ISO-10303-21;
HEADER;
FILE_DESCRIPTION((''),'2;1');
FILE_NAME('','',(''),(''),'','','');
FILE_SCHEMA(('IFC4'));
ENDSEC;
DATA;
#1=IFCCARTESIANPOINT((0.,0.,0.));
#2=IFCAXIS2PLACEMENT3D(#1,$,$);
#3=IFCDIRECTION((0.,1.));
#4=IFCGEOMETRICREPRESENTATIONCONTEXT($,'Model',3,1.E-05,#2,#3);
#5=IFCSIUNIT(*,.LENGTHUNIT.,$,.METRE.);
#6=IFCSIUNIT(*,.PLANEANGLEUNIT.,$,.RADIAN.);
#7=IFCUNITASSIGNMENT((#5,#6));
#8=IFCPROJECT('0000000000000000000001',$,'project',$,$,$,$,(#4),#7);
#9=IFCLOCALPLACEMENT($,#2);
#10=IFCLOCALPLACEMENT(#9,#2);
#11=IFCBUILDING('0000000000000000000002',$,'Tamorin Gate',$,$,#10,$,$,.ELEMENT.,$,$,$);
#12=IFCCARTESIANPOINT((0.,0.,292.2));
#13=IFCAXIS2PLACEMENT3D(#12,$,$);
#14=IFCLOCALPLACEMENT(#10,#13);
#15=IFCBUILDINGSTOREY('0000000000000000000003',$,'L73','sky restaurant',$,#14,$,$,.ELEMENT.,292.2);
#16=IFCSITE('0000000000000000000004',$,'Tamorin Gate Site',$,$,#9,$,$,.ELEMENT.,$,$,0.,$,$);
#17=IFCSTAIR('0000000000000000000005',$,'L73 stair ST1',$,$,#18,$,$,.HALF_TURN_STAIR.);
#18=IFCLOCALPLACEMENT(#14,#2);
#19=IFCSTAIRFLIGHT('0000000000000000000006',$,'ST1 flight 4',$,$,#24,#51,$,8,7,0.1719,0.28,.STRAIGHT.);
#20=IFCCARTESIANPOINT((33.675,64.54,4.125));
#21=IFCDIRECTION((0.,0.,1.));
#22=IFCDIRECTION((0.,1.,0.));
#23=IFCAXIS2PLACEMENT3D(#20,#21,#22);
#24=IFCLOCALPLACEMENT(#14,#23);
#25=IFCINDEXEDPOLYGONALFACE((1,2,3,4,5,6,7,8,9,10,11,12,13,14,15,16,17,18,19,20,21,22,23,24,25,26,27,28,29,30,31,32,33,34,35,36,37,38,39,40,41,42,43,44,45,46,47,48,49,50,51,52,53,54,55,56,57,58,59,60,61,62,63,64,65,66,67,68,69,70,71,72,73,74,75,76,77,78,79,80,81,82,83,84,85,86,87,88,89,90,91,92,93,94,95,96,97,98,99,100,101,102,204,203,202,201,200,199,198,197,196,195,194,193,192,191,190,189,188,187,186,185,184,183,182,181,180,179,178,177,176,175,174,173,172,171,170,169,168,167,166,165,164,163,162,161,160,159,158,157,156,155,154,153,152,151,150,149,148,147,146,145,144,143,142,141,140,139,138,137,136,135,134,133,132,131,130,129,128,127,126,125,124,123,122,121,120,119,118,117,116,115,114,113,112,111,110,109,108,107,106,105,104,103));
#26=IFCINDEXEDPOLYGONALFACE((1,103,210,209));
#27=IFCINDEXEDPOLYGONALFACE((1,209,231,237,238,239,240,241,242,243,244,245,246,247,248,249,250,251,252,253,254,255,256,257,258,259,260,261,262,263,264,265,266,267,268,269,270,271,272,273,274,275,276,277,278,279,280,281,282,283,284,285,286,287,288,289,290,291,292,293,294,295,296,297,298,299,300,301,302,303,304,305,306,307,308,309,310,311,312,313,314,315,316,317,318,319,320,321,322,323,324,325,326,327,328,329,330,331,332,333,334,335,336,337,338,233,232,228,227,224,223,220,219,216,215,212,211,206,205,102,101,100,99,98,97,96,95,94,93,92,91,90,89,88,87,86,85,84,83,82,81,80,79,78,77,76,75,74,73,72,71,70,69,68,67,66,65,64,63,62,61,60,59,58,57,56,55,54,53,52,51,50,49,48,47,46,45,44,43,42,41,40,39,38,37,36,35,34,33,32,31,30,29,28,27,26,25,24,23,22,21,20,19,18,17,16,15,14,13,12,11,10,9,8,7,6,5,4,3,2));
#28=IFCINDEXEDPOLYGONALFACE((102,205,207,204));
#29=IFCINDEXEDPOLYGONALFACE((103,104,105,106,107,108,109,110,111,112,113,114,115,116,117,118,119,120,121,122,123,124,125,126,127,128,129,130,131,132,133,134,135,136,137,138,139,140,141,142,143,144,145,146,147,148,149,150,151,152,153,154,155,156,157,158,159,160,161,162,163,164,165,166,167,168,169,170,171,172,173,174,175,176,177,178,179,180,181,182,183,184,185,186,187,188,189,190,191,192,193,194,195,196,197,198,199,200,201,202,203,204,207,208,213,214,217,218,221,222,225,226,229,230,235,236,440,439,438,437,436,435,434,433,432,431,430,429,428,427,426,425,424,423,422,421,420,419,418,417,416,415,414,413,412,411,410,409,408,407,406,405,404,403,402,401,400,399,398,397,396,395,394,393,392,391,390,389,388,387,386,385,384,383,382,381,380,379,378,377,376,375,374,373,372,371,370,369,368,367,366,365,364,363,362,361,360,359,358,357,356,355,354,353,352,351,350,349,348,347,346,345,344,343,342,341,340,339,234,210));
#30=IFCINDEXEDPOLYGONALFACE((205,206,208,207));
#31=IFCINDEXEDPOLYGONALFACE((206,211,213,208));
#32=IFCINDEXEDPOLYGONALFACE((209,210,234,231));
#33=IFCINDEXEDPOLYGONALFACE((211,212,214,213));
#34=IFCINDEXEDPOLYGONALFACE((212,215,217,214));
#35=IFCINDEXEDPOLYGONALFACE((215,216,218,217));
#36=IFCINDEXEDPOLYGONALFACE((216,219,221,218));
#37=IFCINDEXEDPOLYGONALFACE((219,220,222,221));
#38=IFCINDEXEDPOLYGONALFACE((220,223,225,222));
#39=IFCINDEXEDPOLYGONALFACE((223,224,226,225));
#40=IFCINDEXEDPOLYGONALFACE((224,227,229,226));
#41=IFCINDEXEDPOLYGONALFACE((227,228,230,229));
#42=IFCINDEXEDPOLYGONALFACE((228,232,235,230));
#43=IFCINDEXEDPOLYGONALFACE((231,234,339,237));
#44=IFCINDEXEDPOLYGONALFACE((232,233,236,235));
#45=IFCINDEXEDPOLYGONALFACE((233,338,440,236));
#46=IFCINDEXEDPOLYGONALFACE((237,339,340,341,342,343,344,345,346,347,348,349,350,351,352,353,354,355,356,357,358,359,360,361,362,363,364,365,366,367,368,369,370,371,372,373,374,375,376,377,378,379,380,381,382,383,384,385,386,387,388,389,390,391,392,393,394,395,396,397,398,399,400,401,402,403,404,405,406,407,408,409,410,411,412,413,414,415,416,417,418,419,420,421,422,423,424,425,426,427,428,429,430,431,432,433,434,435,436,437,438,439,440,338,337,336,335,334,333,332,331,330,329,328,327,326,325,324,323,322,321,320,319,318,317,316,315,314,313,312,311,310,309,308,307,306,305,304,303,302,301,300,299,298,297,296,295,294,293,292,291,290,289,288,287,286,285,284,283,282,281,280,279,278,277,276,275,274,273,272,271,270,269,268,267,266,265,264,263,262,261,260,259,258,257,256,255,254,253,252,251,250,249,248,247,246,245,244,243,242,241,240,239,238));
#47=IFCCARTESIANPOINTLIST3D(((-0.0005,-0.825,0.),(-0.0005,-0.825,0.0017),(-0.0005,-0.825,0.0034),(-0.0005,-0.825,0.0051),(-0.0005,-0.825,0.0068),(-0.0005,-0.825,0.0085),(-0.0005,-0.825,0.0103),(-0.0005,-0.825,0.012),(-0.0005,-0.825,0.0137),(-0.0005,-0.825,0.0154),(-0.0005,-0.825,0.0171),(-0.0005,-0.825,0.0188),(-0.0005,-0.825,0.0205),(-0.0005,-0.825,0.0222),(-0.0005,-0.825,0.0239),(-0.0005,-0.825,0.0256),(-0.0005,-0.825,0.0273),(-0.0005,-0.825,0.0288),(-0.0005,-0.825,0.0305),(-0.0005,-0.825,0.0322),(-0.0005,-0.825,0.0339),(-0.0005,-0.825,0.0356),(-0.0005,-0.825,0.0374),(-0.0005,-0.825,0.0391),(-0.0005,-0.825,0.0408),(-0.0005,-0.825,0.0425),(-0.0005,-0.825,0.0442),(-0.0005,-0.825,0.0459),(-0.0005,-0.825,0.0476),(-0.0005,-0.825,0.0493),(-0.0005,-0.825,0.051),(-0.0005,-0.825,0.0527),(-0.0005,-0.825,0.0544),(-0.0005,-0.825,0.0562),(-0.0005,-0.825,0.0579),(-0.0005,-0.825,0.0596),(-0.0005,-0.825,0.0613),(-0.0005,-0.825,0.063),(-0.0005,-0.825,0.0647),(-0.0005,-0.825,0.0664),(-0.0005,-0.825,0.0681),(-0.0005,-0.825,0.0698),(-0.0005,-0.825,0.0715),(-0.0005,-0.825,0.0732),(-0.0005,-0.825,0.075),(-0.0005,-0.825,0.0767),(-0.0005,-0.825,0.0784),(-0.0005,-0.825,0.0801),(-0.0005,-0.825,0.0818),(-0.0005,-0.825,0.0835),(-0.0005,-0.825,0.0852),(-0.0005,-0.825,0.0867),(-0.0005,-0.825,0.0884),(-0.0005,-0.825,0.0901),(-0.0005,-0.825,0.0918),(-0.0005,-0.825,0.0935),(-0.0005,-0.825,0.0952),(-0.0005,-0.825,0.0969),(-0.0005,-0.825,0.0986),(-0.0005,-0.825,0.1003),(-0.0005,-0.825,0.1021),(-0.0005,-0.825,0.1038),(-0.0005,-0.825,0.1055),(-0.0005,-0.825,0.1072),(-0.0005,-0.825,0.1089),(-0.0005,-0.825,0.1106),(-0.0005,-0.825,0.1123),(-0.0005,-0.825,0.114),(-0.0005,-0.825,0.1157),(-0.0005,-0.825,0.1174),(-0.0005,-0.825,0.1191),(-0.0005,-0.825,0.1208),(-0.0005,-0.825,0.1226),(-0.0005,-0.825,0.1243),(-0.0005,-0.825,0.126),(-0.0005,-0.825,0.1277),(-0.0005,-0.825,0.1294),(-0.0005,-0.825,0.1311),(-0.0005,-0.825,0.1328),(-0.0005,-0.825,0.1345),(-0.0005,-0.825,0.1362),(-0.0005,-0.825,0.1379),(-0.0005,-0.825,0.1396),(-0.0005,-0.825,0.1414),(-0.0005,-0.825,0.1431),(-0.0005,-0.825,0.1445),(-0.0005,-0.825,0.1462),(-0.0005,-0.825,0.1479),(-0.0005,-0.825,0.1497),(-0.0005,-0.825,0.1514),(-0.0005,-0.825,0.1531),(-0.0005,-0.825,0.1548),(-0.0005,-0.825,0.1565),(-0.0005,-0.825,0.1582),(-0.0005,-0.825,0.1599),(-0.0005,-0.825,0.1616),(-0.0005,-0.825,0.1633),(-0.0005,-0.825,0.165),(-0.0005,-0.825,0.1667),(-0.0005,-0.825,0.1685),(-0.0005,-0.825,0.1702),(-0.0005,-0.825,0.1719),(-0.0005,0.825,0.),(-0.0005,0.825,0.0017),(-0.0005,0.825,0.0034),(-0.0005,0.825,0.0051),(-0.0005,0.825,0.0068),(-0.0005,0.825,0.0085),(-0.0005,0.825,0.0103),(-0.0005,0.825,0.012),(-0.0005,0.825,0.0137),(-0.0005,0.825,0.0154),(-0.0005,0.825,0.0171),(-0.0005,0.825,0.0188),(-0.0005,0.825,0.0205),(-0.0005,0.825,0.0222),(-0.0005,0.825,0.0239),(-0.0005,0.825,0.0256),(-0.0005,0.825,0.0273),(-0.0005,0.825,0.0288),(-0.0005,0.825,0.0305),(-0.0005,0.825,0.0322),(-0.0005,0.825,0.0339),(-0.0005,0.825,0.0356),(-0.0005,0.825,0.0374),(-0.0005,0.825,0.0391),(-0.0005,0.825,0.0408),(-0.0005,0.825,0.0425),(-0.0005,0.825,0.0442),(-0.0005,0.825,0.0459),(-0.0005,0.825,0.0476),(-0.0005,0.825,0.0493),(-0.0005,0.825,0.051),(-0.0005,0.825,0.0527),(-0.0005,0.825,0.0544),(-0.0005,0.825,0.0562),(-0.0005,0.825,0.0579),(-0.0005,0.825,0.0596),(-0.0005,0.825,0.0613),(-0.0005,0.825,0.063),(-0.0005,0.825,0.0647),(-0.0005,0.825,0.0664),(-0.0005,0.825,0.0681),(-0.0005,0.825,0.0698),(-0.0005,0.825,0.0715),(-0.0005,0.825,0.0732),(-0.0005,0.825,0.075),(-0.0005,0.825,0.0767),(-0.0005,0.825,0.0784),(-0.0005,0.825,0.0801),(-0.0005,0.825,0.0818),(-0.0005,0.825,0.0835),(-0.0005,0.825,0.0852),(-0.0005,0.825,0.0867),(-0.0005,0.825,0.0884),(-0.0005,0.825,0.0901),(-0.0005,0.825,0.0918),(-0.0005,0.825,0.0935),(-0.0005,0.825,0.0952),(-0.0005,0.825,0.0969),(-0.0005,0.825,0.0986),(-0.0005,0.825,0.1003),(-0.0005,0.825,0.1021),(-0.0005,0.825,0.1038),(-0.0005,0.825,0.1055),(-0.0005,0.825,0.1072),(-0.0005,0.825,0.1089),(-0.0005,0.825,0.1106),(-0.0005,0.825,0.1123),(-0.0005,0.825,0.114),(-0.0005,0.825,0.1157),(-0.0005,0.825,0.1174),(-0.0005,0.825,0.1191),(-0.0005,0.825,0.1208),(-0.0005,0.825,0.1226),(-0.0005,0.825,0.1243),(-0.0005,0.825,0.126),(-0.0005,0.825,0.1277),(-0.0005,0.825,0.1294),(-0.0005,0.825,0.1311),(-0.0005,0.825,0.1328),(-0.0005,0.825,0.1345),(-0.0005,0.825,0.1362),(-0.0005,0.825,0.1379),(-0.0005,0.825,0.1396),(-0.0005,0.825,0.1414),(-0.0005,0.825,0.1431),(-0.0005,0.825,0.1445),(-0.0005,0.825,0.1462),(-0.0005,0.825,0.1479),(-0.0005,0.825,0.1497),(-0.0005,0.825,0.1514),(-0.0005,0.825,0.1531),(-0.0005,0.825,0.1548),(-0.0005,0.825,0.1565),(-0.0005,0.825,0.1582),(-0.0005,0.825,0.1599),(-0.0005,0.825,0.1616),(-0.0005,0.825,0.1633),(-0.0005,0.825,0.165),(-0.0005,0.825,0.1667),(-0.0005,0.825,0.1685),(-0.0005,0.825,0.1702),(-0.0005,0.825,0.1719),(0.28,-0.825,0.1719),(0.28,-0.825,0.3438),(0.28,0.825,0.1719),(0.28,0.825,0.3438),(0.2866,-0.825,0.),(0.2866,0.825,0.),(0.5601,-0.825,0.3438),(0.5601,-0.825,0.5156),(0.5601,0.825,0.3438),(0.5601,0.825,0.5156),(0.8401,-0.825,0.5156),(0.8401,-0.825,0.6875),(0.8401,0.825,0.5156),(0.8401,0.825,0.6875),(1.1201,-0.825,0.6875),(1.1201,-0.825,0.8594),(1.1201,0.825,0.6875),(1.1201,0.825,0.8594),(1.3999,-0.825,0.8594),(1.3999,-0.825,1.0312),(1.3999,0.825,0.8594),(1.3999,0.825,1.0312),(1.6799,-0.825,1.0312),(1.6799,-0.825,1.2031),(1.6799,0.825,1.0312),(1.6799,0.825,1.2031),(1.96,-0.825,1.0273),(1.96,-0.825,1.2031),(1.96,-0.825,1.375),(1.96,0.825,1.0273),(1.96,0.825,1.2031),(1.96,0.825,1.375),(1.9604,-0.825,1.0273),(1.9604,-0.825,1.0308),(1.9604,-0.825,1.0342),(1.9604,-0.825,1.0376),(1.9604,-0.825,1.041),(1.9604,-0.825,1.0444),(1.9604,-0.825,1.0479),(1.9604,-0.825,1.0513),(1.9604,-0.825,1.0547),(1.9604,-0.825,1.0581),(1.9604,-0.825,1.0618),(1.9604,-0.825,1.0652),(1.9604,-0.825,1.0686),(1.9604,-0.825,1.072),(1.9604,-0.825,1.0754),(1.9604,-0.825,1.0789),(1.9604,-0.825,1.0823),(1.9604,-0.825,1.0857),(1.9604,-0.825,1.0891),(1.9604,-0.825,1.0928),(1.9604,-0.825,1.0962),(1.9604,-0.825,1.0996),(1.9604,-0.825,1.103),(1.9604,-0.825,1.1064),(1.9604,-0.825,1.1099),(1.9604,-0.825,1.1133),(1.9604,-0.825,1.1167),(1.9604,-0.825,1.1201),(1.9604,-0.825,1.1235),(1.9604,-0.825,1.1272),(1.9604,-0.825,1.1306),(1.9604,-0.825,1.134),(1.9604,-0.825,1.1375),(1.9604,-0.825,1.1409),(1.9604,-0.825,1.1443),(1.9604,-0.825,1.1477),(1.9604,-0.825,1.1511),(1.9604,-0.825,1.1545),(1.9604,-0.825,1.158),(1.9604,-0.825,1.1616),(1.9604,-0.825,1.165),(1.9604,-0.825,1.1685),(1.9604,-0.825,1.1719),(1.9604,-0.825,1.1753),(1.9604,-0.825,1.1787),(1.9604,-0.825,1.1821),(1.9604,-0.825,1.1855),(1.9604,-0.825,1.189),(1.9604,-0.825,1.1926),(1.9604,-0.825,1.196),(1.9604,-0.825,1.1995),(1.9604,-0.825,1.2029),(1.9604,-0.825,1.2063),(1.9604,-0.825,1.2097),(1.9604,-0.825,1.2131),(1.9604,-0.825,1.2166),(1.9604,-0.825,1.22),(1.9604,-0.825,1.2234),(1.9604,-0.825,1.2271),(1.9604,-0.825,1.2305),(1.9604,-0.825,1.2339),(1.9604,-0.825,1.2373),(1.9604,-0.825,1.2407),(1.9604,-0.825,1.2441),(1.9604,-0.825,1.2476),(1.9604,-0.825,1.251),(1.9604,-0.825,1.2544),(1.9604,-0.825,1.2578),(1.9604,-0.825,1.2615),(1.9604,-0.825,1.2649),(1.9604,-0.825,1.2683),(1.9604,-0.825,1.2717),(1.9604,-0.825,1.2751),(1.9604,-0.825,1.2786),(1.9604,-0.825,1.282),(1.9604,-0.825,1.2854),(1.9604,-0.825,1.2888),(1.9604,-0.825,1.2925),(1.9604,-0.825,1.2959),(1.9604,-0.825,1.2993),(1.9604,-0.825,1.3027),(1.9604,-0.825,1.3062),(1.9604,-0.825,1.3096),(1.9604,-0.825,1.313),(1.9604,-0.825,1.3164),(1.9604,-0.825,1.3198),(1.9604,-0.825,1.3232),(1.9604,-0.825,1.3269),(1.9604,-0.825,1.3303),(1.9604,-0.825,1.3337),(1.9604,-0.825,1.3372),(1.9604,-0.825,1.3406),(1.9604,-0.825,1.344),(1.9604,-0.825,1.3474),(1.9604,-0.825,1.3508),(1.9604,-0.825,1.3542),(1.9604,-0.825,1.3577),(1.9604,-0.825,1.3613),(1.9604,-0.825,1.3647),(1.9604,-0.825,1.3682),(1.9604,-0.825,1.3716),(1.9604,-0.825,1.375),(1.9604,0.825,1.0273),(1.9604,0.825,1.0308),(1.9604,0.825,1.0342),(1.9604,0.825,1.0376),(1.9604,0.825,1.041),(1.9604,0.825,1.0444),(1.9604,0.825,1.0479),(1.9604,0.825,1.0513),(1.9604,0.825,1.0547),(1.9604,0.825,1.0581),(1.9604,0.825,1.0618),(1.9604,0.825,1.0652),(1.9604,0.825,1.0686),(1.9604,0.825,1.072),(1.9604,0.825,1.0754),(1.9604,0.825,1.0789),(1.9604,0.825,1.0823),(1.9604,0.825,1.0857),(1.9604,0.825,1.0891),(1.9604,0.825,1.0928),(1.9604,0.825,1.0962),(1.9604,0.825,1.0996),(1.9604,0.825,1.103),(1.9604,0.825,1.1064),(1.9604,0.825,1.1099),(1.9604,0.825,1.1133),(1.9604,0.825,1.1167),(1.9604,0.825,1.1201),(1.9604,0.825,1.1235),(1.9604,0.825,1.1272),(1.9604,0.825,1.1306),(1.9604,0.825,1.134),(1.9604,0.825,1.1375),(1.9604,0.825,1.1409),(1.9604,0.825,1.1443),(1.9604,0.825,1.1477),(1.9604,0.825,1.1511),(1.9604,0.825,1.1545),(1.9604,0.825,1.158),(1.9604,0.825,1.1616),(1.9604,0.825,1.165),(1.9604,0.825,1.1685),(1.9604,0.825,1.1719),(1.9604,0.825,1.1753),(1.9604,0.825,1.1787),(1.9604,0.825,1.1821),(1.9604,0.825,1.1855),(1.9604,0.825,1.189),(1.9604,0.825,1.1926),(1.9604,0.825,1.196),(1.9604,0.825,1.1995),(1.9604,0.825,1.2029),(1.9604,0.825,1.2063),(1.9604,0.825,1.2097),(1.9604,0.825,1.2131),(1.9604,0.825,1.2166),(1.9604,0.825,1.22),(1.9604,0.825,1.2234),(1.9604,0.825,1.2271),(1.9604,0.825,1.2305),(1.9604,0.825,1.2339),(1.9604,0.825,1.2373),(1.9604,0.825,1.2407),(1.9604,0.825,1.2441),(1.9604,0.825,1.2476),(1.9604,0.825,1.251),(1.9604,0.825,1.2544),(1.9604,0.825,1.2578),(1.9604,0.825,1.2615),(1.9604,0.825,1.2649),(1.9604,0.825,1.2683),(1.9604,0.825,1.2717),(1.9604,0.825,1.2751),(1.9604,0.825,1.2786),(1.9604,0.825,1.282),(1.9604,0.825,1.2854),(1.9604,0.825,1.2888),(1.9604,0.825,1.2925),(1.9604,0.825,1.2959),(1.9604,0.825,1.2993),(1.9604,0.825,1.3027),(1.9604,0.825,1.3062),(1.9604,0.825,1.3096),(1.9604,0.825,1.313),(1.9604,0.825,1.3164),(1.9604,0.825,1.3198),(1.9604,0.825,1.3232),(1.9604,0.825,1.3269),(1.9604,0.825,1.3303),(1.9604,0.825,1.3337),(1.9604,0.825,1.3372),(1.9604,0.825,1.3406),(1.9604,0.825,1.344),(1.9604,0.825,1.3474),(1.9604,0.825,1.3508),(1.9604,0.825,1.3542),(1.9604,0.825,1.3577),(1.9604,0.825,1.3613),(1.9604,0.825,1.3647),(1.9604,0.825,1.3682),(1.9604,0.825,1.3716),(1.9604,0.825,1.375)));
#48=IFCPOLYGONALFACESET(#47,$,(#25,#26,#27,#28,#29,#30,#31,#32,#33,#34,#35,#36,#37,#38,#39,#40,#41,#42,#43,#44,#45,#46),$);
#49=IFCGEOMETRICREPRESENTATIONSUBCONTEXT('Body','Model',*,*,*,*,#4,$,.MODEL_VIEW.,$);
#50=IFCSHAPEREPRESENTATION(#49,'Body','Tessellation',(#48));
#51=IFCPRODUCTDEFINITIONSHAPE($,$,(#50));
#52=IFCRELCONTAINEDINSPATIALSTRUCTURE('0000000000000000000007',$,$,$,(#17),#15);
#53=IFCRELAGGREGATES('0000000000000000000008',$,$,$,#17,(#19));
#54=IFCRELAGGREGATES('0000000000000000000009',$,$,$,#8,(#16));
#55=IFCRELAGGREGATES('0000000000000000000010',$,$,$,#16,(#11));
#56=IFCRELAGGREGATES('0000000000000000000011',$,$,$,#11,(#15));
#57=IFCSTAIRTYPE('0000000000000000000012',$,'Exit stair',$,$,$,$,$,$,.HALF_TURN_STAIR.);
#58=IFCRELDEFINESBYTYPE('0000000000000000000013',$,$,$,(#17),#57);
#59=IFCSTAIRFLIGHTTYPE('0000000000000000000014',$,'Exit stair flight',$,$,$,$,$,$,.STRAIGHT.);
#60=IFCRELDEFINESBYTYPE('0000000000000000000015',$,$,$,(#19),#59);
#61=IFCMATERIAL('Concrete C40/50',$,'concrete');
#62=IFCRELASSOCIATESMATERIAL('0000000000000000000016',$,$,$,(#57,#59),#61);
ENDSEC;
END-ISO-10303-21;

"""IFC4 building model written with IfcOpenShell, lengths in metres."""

from ifc_helpers import new_model, si_unit, direction, frame, origin, place, context, subcontext, project, spatial, polyline, outline, extrude, material, type_object, element, aggregate, save


model = new_model("IFC4")

# Units and contexts
model_context = context("Model", 3, precision=1e-05, world=origin(), true_north=direction((0.0, 1.0)))
body_context = subcontext(model_context, "Body", "Model", "MODEL_VIEW")
ifc_project = project(units=[si_unit("LENGTHUNIT", "METRE"), si_unit("PLANEANGLEUNIT", "RADIAN")], contexts=[model_context])

# Site, building, storey
site_placement = place(None, origin())
site = spatial("IfcSite", under=ifc_project, at=site_placement, Name="Tamorin Gate Site", CompositionType="ELEMENT", RefElevation=0.0)
building_placement = place(site_placement, origin())
building = spatial("IfcBuilding", under=site, at=building_placement, Name="Tamorin Gate", CompositionType="ELEMENT")
storey_placement = place(building_placement, frame((0.0, 0.0, 292.2)))
storey = spatial("IfcBuildingStorey", under=building, at=storey_placement, Name="L73", Description="sky restaurant", CompositionType="ELEMENT", Elevation=292.2)

# Stair, stair flight
ifc_material_1 = material(Name="Concrete C40/50", Category="concrete")
stair_type = type_object("IfcStairType", Name="Exit stair", PredefinedType="HALF_TURN_STAIR", material=ifc_material_1)
stair_placement = place(storey_placement, origin())
stair = element("IfcStair", 1, at=stair_placement, inside=storey, type_object=stair_type, Name="L73 stair ST1", PredefinedType="HALF_TURN_STAIR")
stair_flight_type = type_object("IfcStairFlightType", Name="Exit stair flight", PredefinedType="STRAIGHT", material=ifc_material_1)
stair_flight_1_placement = place(storey_placement, frame((33.675, 64.54, 4.125), z_axis=(0.0, 0.0, 1.0), x_axis=(0.0, 1.0, 0.0)))
stair_flight_1 = element("IfcStairFlight", 2, at=stair_flight_1_placement, type_object=stair_flight_type, Name="ST1 flight 4", NumberOfRisers=8, NumberOfTreads=7, PredefinedType="STRAIGHT", RiserHeight=0.1719, TreadLength=0.28, context=body_context, shape_type="SweptSolid", body=[
    extrude(outline(polyline([(-0.0005, 0.0), (-0.0005, 0.0017), (-0.0005, 0.0034), (-0.0005, 0.0051), (-0.0005, 0.0068), (-0.0005, 0.0085), (-0.0005, 0.0103), (-0.0005, 0.012), (-0.0005, 0.0137), (-0.0005, 0.0154), (-0.0005, 0.0171), (-0.0005, 0.0188), (-0.0005, 0.0205), (-0.0005, 0.0222), (-0.0005, 0.0239), (-0.0005, 0.0256), (-0.0005, 0.0273), (-0.0005, 0.0288), (-0.0005, 0.0305), (-0.0005, 0.0322), (-0.0005, 0.0339), (-0.0005, 0.0356), (-0.0005, 0.0374), (-0.0005, 0.0391), (-0.0005, 0.0408), (-0.0005, 0.0425), (-0.0005, 0.0442), (-0.0005, 0.0459), (-0.0005, 0.0476), (-0.0005, 0.0493), (-0.0005, 0.051), (-0.0005, 0.0527), (-0.0005, 0.0544), (-0.0005, 0.0562), (-0.0005, 0.0579), (-0.0005, 0.0596), (-0.0005, 0.0613), (-0.0005, 0.063), (-0.0005, 0.0647), (-0.0005, 0.0664), (-0.0005, 0.0681), (-0.0005, 0.0698), (-0.0005, 0.0715), (-0.0005, 0.0732), (-0.0005, 0.075), (-0.0005, 0.0767), (-0.0005, 0.0784), (-0.0005, 0.0801), (-0.0005, 0.0818), (-0.0005, 0.0835), (-0.0005, 0.0852), (-0.0005, 0.0867), (-0.0005, 0.0884), (-0.0005, 0.0901), (-0.0005, 0.0918), (-0.0005, 0.0935), (-0.0005, 0.0952), (-0.0005, 0.0969), (-0.0005, 0.0986), (-0.0005, 0.1003), (-0.0005, 0.1021), (-0.0005, 0.1038), (-0.0005, 0.1055), (-0.0005, 0.1072), (-0.0005, 0.1089), (-0.0005, 0.1106), (-0.0005, 0.1123), (-0.0005, 0.114), (-0.0005, 0.1157), (-0.0005, 0.1174), (-0.0005, 0.1191), (-0.0005, 0.1208), (-0.0005, 0.1226), (-0.0005, 0.1243), (-0.0005, 0.126), (-0.0005, 0.1277), (-0.0005, 0.1294), (-0.0005, 0.1311), (-0.0005, 0.1328), (-0.0005, 0.1345), (-0.0005, 0.1362), (-0.0005, 0.1379), (-0.0005, 0.1396), (-0.0005, 0.1414), (-0.0005, 0.1431), (-0.0005, 0.1445), (-0.0005, 0.1462), (-0.0005, 0.1479), (-0.0005, 0.1497), (-0.0005, 0.1514), (-0.0005, 0.1531), (-0.0005, 0.1548), (-0.0005, 0.1565), (-0.0005, 0.1582), (-0.0005, 0.1599), (-0.0005, 0.1616), (-0.0005, 0.1633), (-0.0005, 0.165), (-0.0005, 0.1667), (-0.0005, 0.1685), (-0.0005, 0.1702), (-0.0005, 0.1719), (0.28, 0.1719), (0.28, 0.3438), (0.5601, 0.3438), (0.5601, 0.5156), (0.8401, 0.5156), (0.8401, 0.6875), (1.1201, 0.6875), (1.1201, 0.8594), (1.3999, 0.8594), (1.3999, 1.0312), (1.6799, 1.0312), (1.6799, 1.2031), (1.96, 1.2031), (1.96, 1.375), (1.9604, 1.375), (1.9604, 1.3716), (1.9604, 1.3682), (1.9604, 1.3647), (1.9604, 1.3613), (1.9604, 1.3577), (1.9604, 1.3542), (1.9604, 1.3508), (1.9604, 1.3474), (1.9604, 1.344), (1.9604, 1.3406), (1.9604, 1.3372), (1.9604, 1.3337), (1.9604, 1.3303), (1.9604, 1.3269), (1.9604, 1.3232), (1.9604, 1.3198), (1.9604, 1.3164), (1.9604, 1.313), (1.9604, 1.3096), (1.9604, 1.3062), (1.9604, 1.3027), (1.9604, 1.2993), (1.9604, 1.2959), (1.9604, 1.2925), (1.9604, 1.2888), (1.9604, 1.2854), (1.9604, 1.282), (1.9604, 1.2786), (1.9604, 1.2751), (1.9604, 1.2717), (1.9604, 1.2683), (1.9604, 1.2649), (1.9604, 1.2615), (1.9604, 1.2578), (1.9604, 1.2544), (1.9604, 1.251), (1.9604, 1.2476), (1.9604, 1.2441), (1.9604, 1.2407), (1.9604, 1.2373), (1.9604, 1.2339), (1.9604, 1.2305), (1.9604, 1.2271), (1.9604, 1.2234), (1.9604, 1.22), (1.9604, 1.2166), (1.9604, 1.2131), (1.9604, 1.2097), (1.9604, 1.2063), (1.9604, 1.2029), (1.9604, 1.1995), (1.9604, 1.196), (1.9604, 1.1926), (1.9604, 1.189), (1.9604, 1.1855), (1.9604, 1.1821), (1.9604, 1.1787), (1.9604, 1.1753), (1.9604, 1.1719), (1.9604, 1.1685), (1.9604, 1.165), (1.9604, 1.1616), (1.9604, 1.158), (1.9604, 1.1545), (1.9604, 1.1511), (1.9604, 1.1477), (1.9604, 1.1443), (1.9604, 1.1409), (1.9604, 1.1375), (1.9604, 1.134), (1.9604, 1.1306), (1.9604, 1.1272), (1.9604, 1.1235), (1.9604, 1.1201), (1.9604, 1.1167), (1.9604, 1.1133), (1.9604, 1.1099), (1.9604, 1.1064), (1.9604, 1.103), (1.9604, 1.0996), (1.9604, 1.0962), (1.9604, 1.0928), (1.9604, 1.0891), (1.9604, 1.0857), (1.9604, 1.0823), (1.9604, 1.0789), (1.9604, 1.0754), (1.9604, 1.072), (1.9604, 1.0686), (1.9604, 1.0652), (1.9604, 1.0618), (1.9604, 1.0581), (1.9604, 1.0547), (1.9604, 1.0513), (1.9604, 1.0479), (1.9604, 1.0444), (1.9604, 1.041), (1.9604, 1.0376), (1.9604, 1.0342), (1.9604, 1.0308), (1.9604, 1.0273), (1.96, 1.0273), (0.2866, 0.0), (-0.0005, 0.0)])), frame((0.0, 0.825, 0.0), z_axis=(0.0, -1.0, 0.0), x_axis=(1.0, 0.0, 0.0)), (0.0, 0.0, 1.0), 1.6499),
])
aggregate(stair, [stair_flight_1])

save(model, "model.ifc")
